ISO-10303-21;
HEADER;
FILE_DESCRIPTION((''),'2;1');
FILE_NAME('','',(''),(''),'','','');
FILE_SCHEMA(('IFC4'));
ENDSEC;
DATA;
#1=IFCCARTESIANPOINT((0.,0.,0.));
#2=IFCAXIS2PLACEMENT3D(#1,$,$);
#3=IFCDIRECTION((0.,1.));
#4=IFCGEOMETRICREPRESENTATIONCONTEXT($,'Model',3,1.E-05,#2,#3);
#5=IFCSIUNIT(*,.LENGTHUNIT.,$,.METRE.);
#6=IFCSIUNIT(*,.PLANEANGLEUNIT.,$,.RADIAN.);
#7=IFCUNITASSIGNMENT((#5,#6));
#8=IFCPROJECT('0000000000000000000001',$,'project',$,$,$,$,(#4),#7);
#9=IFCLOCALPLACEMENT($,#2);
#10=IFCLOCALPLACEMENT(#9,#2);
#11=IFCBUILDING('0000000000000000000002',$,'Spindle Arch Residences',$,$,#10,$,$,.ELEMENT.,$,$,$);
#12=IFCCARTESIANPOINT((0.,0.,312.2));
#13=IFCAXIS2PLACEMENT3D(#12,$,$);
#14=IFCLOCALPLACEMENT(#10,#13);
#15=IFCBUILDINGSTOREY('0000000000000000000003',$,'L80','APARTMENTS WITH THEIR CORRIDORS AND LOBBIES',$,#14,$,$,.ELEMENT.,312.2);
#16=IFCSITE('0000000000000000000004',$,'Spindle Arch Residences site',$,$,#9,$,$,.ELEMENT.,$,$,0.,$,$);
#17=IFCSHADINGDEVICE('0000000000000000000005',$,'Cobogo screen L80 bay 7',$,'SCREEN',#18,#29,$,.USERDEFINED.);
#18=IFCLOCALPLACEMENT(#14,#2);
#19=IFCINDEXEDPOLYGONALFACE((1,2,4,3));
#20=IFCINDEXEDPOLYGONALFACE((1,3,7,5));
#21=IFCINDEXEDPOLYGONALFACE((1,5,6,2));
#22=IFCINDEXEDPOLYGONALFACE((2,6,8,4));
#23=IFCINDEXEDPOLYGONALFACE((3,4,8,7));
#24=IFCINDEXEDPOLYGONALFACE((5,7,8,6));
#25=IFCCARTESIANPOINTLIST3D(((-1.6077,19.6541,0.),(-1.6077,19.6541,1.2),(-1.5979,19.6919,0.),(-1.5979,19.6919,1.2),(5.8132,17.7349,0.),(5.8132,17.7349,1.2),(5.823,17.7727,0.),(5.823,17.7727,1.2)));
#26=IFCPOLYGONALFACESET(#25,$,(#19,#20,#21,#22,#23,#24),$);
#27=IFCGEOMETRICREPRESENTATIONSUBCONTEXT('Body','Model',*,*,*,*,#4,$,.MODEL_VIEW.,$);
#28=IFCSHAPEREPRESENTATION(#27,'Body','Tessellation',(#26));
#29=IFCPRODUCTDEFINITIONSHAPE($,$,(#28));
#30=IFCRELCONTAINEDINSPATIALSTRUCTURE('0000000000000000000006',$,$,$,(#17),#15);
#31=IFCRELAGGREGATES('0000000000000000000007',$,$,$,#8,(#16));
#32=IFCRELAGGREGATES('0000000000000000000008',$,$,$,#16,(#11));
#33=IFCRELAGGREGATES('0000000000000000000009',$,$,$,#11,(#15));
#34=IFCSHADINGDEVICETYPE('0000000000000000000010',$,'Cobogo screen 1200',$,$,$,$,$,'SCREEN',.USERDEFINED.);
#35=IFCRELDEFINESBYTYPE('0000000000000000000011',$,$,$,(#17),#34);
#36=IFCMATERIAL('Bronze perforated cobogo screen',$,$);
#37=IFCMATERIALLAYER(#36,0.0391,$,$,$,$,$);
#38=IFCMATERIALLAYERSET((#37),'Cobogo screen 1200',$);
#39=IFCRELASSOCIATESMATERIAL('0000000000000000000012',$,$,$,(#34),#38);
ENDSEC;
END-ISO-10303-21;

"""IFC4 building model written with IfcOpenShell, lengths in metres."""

from ifc_helpers import new_model, si_unit, direction, frame, origin, origin_2d, place, context, subcontext, project, spatial, rectangle, extrude, material, layer, layer_set, type_object, element, save


model = new_model("IFC4")

# Units and contexts
model_context = context("Model", 3, precision=1e-05, world=origin(), true_north=direction((0.0, 1.0)))
body_context = subcontext(model_context, "Body", "Model", "MODEL_VIEW")
ifc_project = project(units=[si_unit("LENGTHUNIT", "METRE"), si_unit("PLANEANGLEUNIT", "RADIAN")], contexts=[model_context])

# Site, building, storey
site_placement = place(None, origin())
site = spatial("IfcSite", under=ifc_project, at=site_placement, Name="Spindle Arch Residences site", CompositionType="ELEMENT", RefElevation=0.0)
building_placement = place(site_placement, origin())
building = spatial("IfcBuilding", under=site, at=building_placement, Name="Spindle Arch Residences", CompositionType="ELEMENT")
storey_placement = place(building_placement, frame((0.0, 0.0, 312.2)))
storey = spatial("IfcBuildingStorey", under=building, at=storey_placement, Name="L80", Description="APARTMENTS WITH THEIR CORRIDORS AND LOBBIES", CompositionType="ELEMENT", Elevation=312.2)

# Shading device
ifc_material_1 = material(Name="Bronze perforated cobogo screen")
ifc_layer_1 = layer(ifc_material_1, 0.0391)
ifc_layer_set_1 = layer_set([ifc_layer_1], Name="Cobogo screen 1200")
shading_device_type = type_object("IfcShadingDeviceType", Name="Cobogo screen 1200", ElementType="SCREEN", PredefinedType="USERDEFINED", material=ifc_layer_set_1)
shading_device_placement = place(storey_placement, frame((2.1077, 18.7134, 0.0), z_axis=(0.0, 0.0, 1.0), x_axis=(-0.968148, 0.25038, 0.0)))
element("IfcShadingDevice", 1, at=shading_device_placement, inside=storey, type_object=shading_device_type, Name="Cobogo screen L80 bay 7", ObjectType="SCREEN", PredefinedType="USERDEFINED", context=body_context, shape_type="SweptSolid", body=[
    extrude(rectangle(XDim=7.665, YDim=0.0391, at=origin_2d()), origin(), (0.0, 0.0, 1.0), 1.2),
])

save(model, "model.ifc")
